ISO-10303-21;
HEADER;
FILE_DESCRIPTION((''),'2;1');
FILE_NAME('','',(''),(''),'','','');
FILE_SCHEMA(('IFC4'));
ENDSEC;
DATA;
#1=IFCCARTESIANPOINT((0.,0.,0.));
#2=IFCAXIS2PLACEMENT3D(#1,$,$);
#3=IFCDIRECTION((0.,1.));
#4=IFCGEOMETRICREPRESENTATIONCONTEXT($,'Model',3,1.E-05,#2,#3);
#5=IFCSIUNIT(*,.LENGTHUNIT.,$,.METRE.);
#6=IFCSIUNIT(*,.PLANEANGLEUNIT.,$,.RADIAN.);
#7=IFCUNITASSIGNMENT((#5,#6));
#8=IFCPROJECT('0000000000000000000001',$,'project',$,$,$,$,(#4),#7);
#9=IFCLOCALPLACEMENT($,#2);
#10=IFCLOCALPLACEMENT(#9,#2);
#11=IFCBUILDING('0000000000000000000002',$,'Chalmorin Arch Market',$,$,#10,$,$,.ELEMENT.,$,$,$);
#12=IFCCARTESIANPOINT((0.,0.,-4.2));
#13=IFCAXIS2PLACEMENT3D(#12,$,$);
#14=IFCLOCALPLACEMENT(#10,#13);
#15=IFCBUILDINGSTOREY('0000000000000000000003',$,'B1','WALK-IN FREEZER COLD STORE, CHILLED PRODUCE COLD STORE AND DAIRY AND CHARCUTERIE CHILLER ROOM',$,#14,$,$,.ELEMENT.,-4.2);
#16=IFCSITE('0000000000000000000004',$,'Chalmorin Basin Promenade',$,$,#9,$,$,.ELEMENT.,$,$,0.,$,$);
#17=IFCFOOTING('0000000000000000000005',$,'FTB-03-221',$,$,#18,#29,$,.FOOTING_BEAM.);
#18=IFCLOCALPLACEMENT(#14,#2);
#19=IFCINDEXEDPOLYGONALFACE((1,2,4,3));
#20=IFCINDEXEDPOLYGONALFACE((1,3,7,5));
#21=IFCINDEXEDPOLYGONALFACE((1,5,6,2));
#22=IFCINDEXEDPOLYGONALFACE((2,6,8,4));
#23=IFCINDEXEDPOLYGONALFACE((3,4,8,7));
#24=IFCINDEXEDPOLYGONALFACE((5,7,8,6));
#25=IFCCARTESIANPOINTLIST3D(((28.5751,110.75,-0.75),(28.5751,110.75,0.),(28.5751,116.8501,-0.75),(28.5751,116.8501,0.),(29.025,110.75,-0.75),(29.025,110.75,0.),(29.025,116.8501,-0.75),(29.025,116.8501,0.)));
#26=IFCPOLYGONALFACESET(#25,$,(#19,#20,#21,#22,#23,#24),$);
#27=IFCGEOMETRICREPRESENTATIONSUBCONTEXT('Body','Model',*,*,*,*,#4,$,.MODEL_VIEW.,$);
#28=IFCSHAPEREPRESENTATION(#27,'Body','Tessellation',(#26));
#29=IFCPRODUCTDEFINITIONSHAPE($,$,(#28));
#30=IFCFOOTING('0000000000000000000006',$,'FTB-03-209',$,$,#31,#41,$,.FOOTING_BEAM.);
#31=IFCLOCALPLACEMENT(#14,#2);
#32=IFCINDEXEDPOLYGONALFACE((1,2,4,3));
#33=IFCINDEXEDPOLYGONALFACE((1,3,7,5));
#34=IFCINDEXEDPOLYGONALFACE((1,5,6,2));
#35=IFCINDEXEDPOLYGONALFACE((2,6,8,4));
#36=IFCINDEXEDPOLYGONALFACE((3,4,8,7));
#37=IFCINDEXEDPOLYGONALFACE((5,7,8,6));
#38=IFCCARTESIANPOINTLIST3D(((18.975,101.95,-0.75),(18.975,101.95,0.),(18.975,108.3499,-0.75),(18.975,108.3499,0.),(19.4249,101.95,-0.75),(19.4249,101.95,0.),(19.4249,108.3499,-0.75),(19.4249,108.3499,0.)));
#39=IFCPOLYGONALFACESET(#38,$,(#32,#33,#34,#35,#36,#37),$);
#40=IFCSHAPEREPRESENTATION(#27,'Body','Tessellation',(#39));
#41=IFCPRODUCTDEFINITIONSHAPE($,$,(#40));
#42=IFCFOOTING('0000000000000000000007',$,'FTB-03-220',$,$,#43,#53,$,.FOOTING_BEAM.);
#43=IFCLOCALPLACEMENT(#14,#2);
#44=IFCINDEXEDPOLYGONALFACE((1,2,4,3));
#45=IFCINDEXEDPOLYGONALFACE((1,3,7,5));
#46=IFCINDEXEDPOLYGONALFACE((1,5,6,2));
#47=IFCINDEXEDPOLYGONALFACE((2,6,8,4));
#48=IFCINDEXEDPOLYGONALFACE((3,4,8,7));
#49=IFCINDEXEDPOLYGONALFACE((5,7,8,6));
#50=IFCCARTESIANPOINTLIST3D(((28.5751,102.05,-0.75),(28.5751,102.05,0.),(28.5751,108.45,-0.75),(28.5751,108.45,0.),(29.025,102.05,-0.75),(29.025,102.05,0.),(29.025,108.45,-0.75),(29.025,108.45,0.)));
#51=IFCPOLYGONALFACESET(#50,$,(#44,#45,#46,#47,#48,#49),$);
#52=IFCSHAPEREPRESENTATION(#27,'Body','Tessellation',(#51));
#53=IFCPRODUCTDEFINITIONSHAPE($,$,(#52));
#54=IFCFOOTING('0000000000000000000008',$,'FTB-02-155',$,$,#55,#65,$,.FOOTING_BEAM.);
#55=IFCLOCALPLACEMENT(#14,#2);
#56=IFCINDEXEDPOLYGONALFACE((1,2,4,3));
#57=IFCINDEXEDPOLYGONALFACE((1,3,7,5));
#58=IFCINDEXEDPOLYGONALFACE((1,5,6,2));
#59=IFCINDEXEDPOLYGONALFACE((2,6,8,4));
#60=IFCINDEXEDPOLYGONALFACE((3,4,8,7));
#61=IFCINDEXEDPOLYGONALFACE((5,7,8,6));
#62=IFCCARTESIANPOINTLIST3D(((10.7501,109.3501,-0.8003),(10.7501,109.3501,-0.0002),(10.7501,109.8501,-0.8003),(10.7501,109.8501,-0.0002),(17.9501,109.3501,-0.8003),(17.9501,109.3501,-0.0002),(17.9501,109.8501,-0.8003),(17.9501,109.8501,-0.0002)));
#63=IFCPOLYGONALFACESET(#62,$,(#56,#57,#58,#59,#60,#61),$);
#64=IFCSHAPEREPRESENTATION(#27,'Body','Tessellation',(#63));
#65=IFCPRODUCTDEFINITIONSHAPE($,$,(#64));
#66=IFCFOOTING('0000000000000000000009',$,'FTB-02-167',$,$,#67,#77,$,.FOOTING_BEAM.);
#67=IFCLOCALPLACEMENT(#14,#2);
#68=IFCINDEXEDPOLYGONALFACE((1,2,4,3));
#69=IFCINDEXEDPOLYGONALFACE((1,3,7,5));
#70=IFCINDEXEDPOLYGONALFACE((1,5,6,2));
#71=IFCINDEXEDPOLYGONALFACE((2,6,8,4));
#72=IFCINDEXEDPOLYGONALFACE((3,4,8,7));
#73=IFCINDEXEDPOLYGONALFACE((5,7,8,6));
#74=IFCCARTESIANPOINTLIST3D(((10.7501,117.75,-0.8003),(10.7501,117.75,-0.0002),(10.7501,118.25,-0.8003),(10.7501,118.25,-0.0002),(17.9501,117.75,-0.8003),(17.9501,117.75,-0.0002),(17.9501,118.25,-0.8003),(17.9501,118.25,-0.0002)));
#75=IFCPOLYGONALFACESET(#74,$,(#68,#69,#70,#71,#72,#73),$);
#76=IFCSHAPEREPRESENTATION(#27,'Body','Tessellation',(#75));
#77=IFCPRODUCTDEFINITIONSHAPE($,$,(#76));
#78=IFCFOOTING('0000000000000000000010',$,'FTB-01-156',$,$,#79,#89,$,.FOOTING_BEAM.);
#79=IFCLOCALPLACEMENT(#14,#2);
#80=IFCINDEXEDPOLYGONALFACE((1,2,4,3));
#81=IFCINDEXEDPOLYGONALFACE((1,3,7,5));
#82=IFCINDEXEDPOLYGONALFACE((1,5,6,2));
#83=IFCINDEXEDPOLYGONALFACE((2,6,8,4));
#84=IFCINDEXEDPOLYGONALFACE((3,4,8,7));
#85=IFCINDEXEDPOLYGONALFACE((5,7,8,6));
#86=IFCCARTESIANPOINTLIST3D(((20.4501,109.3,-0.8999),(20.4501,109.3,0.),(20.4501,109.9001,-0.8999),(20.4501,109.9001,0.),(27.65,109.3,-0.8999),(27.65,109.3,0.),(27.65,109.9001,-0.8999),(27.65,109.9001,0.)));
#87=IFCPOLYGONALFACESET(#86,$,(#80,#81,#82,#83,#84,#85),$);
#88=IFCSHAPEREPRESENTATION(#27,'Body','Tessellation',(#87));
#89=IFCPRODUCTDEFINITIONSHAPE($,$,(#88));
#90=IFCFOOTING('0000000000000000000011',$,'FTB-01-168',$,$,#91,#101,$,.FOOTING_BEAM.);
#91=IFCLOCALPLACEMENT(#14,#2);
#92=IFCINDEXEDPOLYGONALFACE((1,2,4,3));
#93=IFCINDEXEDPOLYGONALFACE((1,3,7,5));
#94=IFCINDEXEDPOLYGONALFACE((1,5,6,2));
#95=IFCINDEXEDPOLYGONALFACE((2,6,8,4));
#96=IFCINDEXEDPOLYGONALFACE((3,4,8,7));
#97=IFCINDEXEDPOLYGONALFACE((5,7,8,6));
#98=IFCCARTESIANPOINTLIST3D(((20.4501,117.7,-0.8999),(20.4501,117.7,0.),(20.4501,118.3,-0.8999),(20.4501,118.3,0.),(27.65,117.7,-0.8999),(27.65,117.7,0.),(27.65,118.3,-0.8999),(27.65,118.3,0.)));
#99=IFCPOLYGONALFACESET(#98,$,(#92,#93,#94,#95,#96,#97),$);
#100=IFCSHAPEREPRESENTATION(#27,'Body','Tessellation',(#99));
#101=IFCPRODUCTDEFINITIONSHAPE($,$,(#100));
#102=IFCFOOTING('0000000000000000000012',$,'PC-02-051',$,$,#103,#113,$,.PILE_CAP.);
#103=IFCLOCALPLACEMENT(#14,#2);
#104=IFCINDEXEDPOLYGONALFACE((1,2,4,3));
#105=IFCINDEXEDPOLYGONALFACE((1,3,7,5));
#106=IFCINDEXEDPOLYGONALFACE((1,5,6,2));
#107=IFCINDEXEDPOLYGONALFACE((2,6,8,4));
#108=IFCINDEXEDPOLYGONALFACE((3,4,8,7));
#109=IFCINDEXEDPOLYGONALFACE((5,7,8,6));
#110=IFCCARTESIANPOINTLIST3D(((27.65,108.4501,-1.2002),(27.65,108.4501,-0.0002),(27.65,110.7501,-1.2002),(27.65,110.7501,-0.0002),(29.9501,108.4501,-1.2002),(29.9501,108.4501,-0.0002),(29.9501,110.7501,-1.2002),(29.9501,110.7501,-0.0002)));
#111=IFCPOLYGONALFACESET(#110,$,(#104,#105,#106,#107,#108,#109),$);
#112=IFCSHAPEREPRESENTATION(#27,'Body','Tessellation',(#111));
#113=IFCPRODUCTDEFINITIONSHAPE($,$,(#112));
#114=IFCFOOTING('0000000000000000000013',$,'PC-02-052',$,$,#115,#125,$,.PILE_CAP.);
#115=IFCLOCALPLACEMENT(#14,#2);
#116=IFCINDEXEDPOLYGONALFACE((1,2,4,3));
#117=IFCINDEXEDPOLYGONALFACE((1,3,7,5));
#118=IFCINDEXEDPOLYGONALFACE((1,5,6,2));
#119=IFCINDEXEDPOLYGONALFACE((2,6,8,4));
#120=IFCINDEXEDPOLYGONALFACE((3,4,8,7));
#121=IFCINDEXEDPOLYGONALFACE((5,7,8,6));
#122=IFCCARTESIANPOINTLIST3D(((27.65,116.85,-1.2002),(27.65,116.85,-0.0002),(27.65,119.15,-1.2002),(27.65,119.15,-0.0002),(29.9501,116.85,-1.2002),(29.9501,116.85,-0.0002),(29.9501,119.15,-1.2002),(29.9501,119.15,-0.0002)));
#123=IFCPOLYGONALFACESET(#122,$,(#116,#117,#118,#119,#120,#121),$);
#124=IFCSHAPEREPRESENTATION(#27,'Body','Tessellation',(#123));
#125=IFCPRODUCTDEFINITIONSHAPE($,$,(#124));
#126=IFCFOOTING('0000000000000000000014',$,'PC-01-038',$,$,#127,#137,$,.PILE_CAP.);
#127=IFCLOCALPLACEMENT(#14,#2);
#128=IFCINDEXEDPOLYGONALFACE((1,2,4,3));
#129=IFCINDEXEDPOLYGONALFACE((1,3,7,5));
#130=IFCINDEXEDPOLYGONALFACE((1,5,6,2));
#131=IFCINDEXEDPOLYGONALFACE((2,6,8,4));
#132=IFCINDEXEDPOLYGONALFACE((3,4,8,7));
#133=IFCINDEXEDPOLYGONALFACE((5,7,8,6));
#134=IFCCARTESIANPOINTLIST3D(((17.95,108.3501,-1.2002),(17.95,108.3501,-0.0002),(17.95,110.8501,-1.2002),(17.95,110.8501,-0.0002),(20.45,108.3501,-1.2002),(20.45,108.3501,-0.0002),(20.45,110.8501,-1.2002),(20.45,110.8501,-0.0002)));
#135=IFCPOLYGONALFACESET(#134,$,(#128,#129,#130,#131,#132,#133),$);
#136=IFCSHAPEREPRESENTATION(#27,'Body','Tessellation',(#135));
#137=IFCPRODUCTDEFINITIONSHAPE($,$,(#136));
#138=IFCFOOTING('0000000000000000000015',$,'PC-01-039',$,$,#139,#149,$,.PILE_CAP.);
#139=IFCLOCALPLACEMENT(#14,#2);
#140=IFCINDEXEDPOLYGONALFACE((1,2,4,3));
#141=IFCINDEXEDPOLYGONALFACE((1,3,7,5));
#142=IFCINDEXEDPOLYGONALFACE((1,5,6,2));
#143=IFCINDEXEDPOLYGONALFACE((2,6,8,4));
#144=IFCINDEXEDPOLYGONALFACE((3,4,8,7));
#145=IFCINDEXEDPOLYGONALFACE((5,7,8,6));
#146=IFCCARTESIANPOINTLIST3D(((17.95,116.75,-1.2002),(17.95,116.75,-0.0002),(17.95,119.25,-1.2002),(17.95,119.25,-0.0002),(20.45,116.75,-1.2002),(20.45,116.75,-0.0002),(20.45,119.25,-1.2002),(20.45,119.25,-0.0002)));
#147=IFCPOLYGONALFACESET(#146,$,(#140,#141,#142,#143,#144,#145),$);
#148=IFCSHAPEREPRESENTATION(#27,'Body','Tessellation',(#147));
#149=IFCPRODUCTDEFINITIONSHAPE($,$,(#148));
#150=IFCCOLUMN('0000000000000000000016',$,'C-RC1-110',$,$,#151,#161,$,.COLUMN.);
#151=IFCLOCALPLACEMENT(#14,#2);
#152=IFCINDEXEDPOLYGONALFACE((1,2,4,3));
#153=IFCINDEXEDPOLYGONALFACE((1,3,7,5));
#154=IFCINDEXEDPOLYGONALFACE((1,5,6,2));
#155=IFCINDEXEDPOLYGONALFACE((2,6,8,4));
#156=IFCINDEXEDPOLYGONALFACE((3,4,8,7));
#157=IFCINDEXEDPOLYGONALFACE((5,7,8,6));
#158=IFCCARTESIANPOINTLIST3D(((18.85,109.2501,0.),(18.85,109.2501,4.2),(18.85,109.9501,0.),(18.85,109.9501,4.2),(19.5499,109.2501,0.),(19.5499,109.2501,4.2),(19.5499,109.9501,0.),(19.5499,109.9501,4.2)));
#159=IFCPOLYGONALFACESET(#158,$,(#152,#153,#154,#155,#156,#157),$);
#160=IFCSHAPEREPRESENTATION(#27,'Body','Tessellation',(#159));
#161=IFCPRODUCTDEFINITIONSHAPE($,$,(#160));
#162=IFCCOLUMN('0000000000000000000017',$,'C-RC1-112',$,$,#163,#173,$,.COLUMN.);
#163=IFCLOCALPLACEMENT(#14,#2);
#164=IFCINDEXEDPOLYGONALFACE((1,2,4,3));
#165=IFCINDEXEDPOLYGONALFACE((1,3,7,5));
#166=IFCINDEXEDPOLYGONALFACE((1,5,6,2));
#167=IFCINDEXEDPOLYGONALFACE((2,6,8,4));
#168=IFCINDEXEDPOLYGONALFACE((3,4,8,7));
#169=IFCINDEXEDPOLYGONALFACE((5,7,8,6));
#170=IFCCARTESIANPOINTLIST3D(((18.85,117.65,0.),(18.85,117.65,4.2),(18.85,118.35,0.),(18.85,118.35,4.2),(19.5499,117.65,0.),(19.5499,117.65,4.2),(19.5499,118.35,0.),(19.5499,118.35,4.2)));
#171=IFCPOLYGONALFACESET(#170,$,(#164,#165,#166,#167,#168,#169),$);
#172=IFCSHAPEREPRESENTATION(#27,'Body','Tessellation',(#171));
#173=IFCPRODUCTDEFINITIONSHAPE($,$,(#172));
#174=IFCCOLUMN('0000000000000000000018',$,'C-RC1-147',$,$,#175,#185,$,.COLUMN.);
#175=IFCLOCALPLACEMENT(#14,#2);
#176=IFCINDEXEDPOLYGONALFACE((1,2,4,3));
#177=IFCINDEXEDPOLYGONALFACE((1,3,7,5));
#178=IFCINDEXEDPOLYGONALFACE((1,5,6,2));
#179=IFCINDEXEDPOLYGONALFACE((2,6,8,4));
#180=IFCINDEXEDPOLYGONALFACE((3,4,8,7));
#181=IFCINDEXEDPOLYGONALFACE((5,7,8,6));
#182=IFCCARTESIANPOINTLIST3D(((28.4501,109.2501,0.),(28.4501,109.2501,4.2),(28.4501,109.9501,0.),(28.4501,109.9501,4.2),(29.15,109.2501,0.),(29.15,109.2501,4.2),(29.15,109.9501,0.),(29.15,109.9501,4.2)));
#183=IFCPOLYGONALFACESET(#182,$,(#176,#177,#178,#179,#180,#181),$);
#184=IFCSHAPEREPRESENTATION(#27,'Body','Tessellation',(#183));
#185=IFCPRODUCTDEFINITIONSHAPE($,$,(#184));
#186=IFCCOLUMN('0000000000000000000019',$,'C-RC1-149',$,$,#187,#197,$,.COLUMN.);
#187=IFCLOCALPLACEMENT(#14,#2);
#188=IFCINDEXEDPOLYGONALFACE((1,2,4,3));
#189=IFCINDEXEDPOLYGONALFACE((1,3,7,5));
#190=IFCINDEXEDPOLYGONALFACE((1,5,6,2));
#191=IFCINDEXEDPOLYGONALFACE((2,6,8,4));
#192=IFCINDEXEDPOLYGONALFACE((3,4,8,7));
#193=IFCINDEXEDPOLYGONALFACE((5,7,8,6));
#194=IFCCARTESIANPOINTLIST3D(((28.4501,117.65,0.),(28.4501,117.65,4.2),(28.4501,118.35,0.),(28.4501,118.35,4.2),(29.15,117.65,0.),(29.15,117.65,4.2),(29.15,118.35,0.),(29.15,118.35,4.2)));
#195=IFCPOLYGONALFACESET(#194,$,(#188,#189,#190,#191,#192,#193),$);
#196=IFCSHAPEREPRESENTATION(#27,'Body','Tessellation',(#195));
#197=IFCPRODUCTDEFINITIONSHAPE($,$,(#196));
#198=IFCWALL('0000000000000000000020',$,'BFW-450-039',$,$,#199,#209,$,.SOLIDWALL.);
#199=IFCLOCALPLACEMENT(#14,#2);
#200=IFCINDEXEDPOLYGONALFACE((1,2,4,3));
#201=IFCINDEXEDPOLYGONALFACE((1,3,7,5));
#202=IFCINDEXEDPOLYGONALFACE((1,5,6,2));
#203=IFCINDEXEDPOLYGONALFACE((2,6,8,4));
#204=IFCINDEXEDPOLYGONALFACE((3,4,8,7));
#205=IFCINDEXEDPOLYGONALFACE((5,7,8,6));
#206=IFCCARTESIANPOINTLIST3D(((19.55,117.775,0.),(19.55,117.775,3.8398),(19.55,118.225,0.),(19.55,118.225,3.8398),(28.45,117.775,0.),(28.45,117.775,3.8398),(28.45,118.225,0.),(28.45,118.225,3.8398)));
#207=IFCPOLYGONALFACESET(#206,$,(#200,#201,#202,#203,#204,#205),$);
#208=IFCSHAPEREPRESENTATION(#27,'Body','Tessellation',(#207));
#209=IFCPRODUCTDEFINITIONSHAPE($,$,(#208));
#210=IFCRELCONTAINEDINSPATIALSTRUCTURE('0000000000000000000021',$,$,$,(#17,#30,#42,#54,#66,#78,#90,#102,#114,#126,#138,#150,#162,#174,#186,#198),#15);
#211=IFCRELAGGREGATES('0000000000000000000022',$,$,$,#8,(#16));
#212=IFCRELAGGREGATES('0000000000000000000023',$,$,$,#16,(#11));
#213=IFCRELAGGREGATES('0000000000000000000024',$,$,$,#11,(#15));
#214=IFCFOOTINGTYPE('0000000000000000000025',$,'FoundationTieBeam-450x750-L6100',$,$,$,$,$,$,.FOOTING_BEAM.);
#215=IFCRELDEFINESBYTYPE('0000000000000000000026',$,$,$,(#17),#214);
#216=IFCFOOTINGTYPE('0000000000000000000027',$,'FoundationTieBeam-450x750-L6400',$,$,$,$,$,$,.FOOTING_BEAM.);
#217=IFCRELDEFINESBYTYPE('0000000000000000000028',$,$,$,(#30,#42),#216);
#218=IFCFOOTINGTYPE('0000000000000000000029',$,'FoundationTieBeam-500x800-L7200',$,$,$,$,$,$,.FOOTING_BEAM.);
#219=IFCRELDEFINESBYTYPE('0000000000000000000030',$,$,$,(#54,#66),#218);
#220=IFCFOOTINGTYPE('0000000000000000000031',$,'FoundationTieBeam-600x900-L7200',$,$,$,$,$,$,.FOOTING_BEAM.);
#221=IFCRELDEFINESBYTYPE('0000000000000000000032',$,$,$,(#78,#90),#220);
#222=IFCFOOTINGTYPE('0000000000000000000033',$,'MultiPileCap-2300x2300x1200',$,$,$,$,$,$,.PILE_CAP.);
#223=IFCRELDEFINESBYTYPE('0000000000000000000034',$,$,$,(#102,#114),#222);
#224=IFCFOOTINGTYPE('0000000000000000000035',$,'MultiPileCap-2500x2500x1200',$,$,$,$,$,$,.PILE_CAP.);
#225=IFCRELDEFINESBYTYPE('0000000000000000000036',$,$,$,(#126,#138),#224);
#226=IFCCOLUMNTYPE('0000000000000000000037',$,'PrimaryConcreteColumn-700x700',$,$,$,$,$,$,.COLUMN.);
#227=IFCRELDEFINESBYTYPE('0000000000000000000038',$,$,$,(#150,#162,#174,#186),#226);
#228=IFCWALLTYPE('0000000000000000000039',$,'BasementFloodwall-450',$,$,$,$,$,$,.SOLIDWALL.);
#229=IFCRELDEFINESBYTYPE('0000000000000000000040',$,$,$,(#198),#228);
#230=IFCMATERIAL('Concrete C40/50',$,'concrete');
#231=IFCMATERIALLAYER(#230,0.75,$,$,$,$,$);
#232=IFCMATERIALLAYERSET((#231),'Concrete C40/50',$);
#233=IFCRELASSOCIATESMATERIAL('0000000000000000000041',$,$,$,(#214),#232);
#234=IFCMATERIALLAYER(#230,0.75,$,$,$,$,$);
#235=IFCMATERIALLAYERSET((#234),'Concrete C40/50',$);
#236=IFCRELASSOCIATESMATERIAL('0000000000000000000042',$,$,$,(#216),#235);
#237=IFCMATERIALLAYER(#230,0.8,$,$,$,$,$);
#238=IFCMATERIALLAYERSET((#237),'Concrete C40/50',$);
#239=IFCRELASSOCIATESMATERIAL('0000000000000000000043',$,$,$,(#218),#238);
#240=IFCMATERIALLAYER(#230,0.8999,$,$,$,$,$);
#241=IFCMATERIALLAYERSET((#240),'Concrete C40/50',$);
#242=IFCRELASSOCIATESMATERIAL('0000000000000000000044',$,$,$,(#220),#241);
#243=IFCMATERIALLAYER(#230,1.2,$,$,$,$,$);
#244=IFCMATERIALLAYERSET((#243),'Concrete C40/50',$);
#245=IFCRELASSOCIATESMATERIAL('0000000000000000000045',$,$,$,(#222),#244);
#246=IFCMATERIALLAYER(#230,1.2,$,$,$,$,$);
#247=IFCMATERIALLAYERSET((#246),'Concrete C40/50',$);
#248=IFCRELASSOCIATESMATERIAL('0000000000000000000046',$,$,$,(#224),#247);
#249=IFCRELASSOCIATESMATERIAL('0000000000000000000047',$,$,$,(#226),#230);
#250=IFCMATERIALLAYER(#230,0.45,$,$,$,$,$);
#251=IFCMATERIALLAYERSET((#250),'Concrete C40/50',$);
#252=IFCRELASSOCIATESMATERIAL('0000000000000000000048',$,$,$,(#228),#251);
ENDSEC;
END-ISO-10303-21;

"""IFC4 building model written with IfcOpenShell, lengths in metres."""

from ifc_helpers import new_model, si_unit, direction, frame, frame_2d, origin, origin_2d, place, context, subcontext, project, spatial, rectangle, extrude, material, layer, layer_set, material_profile, profile_set, type_object, element, save


model = new_model("IFC4")

# Units and contexts
model_context = context("Model", 3, precision=1e-05, world=origin(), true_north=direction((0.0, 1.0)))
body_context = subcontext(model_context, "Body", "Model", "MODEL_VIEW")
ifc_project = project(units=[si_unit("LENGTHUNIT", "METRE"), si_unit("PLANEANGLEUNIT", "RADIAN")], contexts=[model_context])

# Site, building, storey
site_placement = place(None, origin())
site = spatial("IfcSite", under=ifc_project, at=site_placement, Name="Chalmorin Basin Promenade", CompositionType="ELEMENT", RefElevation=0.0)
building_placement = place(site_placement, origin())
building = spatial("IfcBuilding", under=site, at=building_placement, Name="Chalmorin Arch Market", CompositionType="ELEMENT")
storey_placement = place(building_placement, frame((0.0, 0.0, -4.2)))
storey = spatial("IfcBuildingStorey", under=building, at=storey_placement, Name="B1", Description="WALK-IN FREEZER COLD STORE, CHILLED PRODUCE COLD STORE AND DAIRY AND CHARCUTERIE CHILLER ROOM", CompositionType="ELEMENT", Elevation=-4.2)

# Footings
ifc_material_1 = material(Name="Concrete C40/50", Category="concrete")
ifc_layer_1 = layer(ifc_material_1, 0.75)
ifc_layer_set_1 = layer_set([ifc_layer_1], Name="Concrete C40/50")
footing_type_1 = type_object("IfcFootingType", Name="FoundationTieBeam-450x750-L6100", PredefinedType="FOOTING_BEAM", material=ifc_layer_set_1)
footing_1_placement = place(storey_placement, frame((28.8, 113.8, -0.75), z_axis=(0.0, 0.0, 1.0), x_axis=(0.0, 1.0, 0.0)))
element("IfcFooting", 1, at=footing_1_placement, inside=storey, type_object=footing_type_1, Name="FTB-03-221", PredefinedType="FOOTING_BEAM", context=body_context, shape_type="SweptSolid", body=[
    extrude(rectangle(XDim=6.1001, YDim=0.45, at=origin_2d()), origin(), (0.0, 0.0, 1.0), 0.75),
])
ifc_layer_2 = layer(ifc_material_1, 0.75)
ifc_layer_set_2 = layer_set([ifc_layer_2], Name="Concrete C40/50")
footing_type_2 = type_object("IfcFootingType", Name="FoundationTieBeam-450x750-L6400", PredefinedType="FOOTING_BEAM", material=ifc_layer_set_2)
for number, where, z_axis, x_axis, name in (
    (2, (19.2, 105.1499, -0.75), (0.0, 0.0, 1.0), (0.0, 1.0, 0.0), "FTB-03-209"),
    (3, (28.8, 105.25, -0.75), (0.0, 0.0, 1.0), (0.0, 1.0, 0.0), "FTB-03-220"),
):
    element("IfcFooting", number, at=place(storey_placement, frame(where, z_axis=z_axis, x_axis=x_axis)), inside=storey, type_object=footing_type_2, Name=name, PredefinedType="FOOTING_BEAM", context=body_context, shape_type="SweptSolid", body=[
        extrude(rectangle(XDim=6.3999, YDim=0.45, at=origin_2d()), origin(), (0.0, 0.0, 1.0), 0.75),
    ])
ifc_layer_3 = layer(ifc_material_1, 0.8)
ifc_layer_set_3 = layer_set([ifc_layer_3], Name="Concrete C40/50")
footing_type_3 = type_object("IfcFootingType", Name="FoundationTieBeam-500x800-L7200", PredefinedType="FOOTING_BEAM", material=ifc_layer_set_3)
for number, where, z_axis, x_axis, name in (
    (4, (14.3501, 109.6001, -0.8003), (0.0, 0.0, 1.0), (1.0, 0.0, 0.0), "FTB-02-155"),
    (5, (14.3501, 118.0, -0.8003), (0.0, 0.0, 1.0), (1.0, 0.0, 0.0), "FTB-02-167"),
):
    element("IfcFooting", number, at=place(storey_placement, frame(where, z_axis=z_axis, x_axis=x_axis)), inside=storey, type_object=footing_type_3, Name=name, PredefinedType="FOOTING_BEAM", context=body_context, shape_type="SweptSolid", body=[
        extrude(rectangle(XDim=7.2, YDim=0.5, at=origin_2d()), origin(), (0.0, 0.0, 1.0), 0.8),
    ])
ifc_layer_4 = layer(ifc_material_1, 0.8999)
ifc_layer_set_4 = layer_set([ifc_layer_4], Name="Concrete C40/50")
footing_type_4 = type_object("IfcFootingType", Name="FoundationTieBeam-600x900-L7200", PredefinedType="FOOTING_BEAM", material=ifc_layer_set_4)
for number, where, z_axis, x_axis, name in (
    (6, (24.05, 109.6001, -0.8999), (0.0, 0.0, 1.0), (1.0, 0.0, 0.0), "FTB-01-156"),
    (7, (24.05, 118.0, -0.8999), (0.0, 0.0, 1.0), (1.0, 0.0, 0.0), "FTB-01-168"),
):
    element("IfcFooting", number, at=place(storey_placement, frame(where, z_axis=z_axis, x_axis=x_axis)), inside=storey, type_object=footing_type_4, Name=name, PredefinedType="FOOTING_BEAM", context=body_context, shape_type="SweptSolid", body=[
        extrude(rectangle(XDim=7.2, YDim=0.6001, at=origin_2d()), origin(), (0.0, 0.0, 1.0), 0.8999),
    ])
ifc_layer_5 = layer(ifc_material_1, 1.2)
ifc_layer_set_5 = layer_set([ifc_layer_5], Name="Concrete C40/50")
footing_type_5 = type_object("IfcFootingType", Name="MultiPileCap-2300x2300x1200", PredefinedType="PILE_CAP", material=ifc_layer_set_5)
for number, where, z_axis, x_axis, name in (
    (8, (28.8, 109.6001, -1.2002), (0.0, 0.0, 1.0), (1.0, 0.0, 0.0), "PC-02-051"),
    (9, (28.8, 118.0, -1.2002), (0.0, 0.0, 1.0), (1.0, 0.0, 0.0), "PC-02-052"),
):
    element("IfcFooting", number, at=place(storey_placement, frame(where, z_axis=z_axis, x_axis=x_axis)), inside=storey, type_object=footing_type_5, Name=name, PredefinedType="PILE_CAP", context=body_context, shape_type="SweptSolid", body=[
        extrude(rectangle(XDim=2.3, YDim=2.3, at=origin_2d()), origin(), (0.0, 0.0, 1.0), 1.2),
    ])
ifc_layer_6 = layer(ifc_material_1, 1.2)
ifc_layer_set_6 = layer_set([ifc_layer_6], Name="Concrete C40/50")
footing_type_6 = type_object("IfcFootingType", Name="MultiPileCap-2500x2500x1200", PredefinedType="PILE_CAP", material=ifc_layer_set_6)
for number, where, z_axis, x_axis, name in (
    (10, (19.2, 109.6001, -1.2002), (0.0, 0.0, 1.0), (1.0, 0.0, 0.0), "PC-01-038"),
    (11, (19.2, 118.0, -1.2002), (0.0, 0.0, 1.0), (1.0, 0.0, 0.0), "PC-01-039"),
):
    element("IfcFooting", number, at=place(storey_placement, frame(where, z_axis=z_axis, x_axis=x_axis)), inside=storey, type_object=footing_type_6, Name=name, PredefinedType="PILE_CAP", context=body_context, shape_type="SweptSolid", body=[
        extrude(rectangle(XDim=2.5, YDim=2.5, at=origin_2d()), origin(), (0.0, 0.0, 1.0), 1.2),
    ])

# Columns
ifc_material_profile_1 = material_profile(ifc_material_1, rectangle(XDim=0.7, YDim=0.7, at=origin_2d()), Name="RC700X700")
ifc_profile_set_1 = profile_set([ifc_material_profile_1], Name="Concrete C40/50")
column_type = type_object("IfcColumnType", Name="PrimaryConcreteColumn-700x700", PredefinedType="COLUMN", material=ifc_profile_set_1)
for number, where, z_axis, x_axis, name in (
    (12, (19.2, 109.6001, 0.0), (0.0, 0.0, 1.0), (1.0, 0.0, 0.0), "C-RC1-110"),
    (13, (19.2, 118.0, 0.0), (0.0, 0.0, 1.0), (1.0, 0.0, 0.0), "C-RC1-112"),
    (14, (28.8, 109.6001, 0.0), (0.0, 0.0, 1.0), (1.0, 0.0, 0.0), "C-RC1-147"),
    (15, (28.8, 118.0, 0.0), (0.0, 0.0, 1.0), (1.0, 0.0, 0.0), "C-RC1-149"),
):
    element("IfcColumn", number, at=place(storey_placement, frame(where, z_axis=z_axis, x_axis=x_axis)), inside=storey, type_object=column_type, Name=name, PredefinedType="COLUMN", context=body_context, shape_type="SweptSolid", body=[
        extrude(rectangle(XDim=0.7, YDim=0.7, at=origin_2d()), origin(), (0.0, 0.0, 1.0), 4.2),
    ])

# Wall
ifc_layer_7 = layer(ifc_material_1, 0.45)
ifc_layer_set_7 = layer_set([ifc_layer_7], Name="Concrete C40/50")
wall_type = type_object("IfcWallType", Name="BasementFloodwall-450", PredefinedType="SOLIDWALL", material=ifc_layer_set_7)
wall_1_placement = place(storey_placement, frame((28.45, 118.0, 0.0), z_axis=(0.0, 0.0, 1.0), x_axis=(-1.0, 0.0, 0.0)))
element("IfcWall", 16, at=wall_1_placement, inside=storey, type_object=wall_type, Name="BFW-450-039", PredefinedType="SOLIDWALL", context=body_context, shape_type="SweptSolid", body=[
    extrude(rectangle(XDim=8.8999, YDim=0.45, at=frame_2d((4.45, 0.0))), origin(), (0.0, 0.0, 1.0), 3.8398),
])

save(model, "model.ifc")
